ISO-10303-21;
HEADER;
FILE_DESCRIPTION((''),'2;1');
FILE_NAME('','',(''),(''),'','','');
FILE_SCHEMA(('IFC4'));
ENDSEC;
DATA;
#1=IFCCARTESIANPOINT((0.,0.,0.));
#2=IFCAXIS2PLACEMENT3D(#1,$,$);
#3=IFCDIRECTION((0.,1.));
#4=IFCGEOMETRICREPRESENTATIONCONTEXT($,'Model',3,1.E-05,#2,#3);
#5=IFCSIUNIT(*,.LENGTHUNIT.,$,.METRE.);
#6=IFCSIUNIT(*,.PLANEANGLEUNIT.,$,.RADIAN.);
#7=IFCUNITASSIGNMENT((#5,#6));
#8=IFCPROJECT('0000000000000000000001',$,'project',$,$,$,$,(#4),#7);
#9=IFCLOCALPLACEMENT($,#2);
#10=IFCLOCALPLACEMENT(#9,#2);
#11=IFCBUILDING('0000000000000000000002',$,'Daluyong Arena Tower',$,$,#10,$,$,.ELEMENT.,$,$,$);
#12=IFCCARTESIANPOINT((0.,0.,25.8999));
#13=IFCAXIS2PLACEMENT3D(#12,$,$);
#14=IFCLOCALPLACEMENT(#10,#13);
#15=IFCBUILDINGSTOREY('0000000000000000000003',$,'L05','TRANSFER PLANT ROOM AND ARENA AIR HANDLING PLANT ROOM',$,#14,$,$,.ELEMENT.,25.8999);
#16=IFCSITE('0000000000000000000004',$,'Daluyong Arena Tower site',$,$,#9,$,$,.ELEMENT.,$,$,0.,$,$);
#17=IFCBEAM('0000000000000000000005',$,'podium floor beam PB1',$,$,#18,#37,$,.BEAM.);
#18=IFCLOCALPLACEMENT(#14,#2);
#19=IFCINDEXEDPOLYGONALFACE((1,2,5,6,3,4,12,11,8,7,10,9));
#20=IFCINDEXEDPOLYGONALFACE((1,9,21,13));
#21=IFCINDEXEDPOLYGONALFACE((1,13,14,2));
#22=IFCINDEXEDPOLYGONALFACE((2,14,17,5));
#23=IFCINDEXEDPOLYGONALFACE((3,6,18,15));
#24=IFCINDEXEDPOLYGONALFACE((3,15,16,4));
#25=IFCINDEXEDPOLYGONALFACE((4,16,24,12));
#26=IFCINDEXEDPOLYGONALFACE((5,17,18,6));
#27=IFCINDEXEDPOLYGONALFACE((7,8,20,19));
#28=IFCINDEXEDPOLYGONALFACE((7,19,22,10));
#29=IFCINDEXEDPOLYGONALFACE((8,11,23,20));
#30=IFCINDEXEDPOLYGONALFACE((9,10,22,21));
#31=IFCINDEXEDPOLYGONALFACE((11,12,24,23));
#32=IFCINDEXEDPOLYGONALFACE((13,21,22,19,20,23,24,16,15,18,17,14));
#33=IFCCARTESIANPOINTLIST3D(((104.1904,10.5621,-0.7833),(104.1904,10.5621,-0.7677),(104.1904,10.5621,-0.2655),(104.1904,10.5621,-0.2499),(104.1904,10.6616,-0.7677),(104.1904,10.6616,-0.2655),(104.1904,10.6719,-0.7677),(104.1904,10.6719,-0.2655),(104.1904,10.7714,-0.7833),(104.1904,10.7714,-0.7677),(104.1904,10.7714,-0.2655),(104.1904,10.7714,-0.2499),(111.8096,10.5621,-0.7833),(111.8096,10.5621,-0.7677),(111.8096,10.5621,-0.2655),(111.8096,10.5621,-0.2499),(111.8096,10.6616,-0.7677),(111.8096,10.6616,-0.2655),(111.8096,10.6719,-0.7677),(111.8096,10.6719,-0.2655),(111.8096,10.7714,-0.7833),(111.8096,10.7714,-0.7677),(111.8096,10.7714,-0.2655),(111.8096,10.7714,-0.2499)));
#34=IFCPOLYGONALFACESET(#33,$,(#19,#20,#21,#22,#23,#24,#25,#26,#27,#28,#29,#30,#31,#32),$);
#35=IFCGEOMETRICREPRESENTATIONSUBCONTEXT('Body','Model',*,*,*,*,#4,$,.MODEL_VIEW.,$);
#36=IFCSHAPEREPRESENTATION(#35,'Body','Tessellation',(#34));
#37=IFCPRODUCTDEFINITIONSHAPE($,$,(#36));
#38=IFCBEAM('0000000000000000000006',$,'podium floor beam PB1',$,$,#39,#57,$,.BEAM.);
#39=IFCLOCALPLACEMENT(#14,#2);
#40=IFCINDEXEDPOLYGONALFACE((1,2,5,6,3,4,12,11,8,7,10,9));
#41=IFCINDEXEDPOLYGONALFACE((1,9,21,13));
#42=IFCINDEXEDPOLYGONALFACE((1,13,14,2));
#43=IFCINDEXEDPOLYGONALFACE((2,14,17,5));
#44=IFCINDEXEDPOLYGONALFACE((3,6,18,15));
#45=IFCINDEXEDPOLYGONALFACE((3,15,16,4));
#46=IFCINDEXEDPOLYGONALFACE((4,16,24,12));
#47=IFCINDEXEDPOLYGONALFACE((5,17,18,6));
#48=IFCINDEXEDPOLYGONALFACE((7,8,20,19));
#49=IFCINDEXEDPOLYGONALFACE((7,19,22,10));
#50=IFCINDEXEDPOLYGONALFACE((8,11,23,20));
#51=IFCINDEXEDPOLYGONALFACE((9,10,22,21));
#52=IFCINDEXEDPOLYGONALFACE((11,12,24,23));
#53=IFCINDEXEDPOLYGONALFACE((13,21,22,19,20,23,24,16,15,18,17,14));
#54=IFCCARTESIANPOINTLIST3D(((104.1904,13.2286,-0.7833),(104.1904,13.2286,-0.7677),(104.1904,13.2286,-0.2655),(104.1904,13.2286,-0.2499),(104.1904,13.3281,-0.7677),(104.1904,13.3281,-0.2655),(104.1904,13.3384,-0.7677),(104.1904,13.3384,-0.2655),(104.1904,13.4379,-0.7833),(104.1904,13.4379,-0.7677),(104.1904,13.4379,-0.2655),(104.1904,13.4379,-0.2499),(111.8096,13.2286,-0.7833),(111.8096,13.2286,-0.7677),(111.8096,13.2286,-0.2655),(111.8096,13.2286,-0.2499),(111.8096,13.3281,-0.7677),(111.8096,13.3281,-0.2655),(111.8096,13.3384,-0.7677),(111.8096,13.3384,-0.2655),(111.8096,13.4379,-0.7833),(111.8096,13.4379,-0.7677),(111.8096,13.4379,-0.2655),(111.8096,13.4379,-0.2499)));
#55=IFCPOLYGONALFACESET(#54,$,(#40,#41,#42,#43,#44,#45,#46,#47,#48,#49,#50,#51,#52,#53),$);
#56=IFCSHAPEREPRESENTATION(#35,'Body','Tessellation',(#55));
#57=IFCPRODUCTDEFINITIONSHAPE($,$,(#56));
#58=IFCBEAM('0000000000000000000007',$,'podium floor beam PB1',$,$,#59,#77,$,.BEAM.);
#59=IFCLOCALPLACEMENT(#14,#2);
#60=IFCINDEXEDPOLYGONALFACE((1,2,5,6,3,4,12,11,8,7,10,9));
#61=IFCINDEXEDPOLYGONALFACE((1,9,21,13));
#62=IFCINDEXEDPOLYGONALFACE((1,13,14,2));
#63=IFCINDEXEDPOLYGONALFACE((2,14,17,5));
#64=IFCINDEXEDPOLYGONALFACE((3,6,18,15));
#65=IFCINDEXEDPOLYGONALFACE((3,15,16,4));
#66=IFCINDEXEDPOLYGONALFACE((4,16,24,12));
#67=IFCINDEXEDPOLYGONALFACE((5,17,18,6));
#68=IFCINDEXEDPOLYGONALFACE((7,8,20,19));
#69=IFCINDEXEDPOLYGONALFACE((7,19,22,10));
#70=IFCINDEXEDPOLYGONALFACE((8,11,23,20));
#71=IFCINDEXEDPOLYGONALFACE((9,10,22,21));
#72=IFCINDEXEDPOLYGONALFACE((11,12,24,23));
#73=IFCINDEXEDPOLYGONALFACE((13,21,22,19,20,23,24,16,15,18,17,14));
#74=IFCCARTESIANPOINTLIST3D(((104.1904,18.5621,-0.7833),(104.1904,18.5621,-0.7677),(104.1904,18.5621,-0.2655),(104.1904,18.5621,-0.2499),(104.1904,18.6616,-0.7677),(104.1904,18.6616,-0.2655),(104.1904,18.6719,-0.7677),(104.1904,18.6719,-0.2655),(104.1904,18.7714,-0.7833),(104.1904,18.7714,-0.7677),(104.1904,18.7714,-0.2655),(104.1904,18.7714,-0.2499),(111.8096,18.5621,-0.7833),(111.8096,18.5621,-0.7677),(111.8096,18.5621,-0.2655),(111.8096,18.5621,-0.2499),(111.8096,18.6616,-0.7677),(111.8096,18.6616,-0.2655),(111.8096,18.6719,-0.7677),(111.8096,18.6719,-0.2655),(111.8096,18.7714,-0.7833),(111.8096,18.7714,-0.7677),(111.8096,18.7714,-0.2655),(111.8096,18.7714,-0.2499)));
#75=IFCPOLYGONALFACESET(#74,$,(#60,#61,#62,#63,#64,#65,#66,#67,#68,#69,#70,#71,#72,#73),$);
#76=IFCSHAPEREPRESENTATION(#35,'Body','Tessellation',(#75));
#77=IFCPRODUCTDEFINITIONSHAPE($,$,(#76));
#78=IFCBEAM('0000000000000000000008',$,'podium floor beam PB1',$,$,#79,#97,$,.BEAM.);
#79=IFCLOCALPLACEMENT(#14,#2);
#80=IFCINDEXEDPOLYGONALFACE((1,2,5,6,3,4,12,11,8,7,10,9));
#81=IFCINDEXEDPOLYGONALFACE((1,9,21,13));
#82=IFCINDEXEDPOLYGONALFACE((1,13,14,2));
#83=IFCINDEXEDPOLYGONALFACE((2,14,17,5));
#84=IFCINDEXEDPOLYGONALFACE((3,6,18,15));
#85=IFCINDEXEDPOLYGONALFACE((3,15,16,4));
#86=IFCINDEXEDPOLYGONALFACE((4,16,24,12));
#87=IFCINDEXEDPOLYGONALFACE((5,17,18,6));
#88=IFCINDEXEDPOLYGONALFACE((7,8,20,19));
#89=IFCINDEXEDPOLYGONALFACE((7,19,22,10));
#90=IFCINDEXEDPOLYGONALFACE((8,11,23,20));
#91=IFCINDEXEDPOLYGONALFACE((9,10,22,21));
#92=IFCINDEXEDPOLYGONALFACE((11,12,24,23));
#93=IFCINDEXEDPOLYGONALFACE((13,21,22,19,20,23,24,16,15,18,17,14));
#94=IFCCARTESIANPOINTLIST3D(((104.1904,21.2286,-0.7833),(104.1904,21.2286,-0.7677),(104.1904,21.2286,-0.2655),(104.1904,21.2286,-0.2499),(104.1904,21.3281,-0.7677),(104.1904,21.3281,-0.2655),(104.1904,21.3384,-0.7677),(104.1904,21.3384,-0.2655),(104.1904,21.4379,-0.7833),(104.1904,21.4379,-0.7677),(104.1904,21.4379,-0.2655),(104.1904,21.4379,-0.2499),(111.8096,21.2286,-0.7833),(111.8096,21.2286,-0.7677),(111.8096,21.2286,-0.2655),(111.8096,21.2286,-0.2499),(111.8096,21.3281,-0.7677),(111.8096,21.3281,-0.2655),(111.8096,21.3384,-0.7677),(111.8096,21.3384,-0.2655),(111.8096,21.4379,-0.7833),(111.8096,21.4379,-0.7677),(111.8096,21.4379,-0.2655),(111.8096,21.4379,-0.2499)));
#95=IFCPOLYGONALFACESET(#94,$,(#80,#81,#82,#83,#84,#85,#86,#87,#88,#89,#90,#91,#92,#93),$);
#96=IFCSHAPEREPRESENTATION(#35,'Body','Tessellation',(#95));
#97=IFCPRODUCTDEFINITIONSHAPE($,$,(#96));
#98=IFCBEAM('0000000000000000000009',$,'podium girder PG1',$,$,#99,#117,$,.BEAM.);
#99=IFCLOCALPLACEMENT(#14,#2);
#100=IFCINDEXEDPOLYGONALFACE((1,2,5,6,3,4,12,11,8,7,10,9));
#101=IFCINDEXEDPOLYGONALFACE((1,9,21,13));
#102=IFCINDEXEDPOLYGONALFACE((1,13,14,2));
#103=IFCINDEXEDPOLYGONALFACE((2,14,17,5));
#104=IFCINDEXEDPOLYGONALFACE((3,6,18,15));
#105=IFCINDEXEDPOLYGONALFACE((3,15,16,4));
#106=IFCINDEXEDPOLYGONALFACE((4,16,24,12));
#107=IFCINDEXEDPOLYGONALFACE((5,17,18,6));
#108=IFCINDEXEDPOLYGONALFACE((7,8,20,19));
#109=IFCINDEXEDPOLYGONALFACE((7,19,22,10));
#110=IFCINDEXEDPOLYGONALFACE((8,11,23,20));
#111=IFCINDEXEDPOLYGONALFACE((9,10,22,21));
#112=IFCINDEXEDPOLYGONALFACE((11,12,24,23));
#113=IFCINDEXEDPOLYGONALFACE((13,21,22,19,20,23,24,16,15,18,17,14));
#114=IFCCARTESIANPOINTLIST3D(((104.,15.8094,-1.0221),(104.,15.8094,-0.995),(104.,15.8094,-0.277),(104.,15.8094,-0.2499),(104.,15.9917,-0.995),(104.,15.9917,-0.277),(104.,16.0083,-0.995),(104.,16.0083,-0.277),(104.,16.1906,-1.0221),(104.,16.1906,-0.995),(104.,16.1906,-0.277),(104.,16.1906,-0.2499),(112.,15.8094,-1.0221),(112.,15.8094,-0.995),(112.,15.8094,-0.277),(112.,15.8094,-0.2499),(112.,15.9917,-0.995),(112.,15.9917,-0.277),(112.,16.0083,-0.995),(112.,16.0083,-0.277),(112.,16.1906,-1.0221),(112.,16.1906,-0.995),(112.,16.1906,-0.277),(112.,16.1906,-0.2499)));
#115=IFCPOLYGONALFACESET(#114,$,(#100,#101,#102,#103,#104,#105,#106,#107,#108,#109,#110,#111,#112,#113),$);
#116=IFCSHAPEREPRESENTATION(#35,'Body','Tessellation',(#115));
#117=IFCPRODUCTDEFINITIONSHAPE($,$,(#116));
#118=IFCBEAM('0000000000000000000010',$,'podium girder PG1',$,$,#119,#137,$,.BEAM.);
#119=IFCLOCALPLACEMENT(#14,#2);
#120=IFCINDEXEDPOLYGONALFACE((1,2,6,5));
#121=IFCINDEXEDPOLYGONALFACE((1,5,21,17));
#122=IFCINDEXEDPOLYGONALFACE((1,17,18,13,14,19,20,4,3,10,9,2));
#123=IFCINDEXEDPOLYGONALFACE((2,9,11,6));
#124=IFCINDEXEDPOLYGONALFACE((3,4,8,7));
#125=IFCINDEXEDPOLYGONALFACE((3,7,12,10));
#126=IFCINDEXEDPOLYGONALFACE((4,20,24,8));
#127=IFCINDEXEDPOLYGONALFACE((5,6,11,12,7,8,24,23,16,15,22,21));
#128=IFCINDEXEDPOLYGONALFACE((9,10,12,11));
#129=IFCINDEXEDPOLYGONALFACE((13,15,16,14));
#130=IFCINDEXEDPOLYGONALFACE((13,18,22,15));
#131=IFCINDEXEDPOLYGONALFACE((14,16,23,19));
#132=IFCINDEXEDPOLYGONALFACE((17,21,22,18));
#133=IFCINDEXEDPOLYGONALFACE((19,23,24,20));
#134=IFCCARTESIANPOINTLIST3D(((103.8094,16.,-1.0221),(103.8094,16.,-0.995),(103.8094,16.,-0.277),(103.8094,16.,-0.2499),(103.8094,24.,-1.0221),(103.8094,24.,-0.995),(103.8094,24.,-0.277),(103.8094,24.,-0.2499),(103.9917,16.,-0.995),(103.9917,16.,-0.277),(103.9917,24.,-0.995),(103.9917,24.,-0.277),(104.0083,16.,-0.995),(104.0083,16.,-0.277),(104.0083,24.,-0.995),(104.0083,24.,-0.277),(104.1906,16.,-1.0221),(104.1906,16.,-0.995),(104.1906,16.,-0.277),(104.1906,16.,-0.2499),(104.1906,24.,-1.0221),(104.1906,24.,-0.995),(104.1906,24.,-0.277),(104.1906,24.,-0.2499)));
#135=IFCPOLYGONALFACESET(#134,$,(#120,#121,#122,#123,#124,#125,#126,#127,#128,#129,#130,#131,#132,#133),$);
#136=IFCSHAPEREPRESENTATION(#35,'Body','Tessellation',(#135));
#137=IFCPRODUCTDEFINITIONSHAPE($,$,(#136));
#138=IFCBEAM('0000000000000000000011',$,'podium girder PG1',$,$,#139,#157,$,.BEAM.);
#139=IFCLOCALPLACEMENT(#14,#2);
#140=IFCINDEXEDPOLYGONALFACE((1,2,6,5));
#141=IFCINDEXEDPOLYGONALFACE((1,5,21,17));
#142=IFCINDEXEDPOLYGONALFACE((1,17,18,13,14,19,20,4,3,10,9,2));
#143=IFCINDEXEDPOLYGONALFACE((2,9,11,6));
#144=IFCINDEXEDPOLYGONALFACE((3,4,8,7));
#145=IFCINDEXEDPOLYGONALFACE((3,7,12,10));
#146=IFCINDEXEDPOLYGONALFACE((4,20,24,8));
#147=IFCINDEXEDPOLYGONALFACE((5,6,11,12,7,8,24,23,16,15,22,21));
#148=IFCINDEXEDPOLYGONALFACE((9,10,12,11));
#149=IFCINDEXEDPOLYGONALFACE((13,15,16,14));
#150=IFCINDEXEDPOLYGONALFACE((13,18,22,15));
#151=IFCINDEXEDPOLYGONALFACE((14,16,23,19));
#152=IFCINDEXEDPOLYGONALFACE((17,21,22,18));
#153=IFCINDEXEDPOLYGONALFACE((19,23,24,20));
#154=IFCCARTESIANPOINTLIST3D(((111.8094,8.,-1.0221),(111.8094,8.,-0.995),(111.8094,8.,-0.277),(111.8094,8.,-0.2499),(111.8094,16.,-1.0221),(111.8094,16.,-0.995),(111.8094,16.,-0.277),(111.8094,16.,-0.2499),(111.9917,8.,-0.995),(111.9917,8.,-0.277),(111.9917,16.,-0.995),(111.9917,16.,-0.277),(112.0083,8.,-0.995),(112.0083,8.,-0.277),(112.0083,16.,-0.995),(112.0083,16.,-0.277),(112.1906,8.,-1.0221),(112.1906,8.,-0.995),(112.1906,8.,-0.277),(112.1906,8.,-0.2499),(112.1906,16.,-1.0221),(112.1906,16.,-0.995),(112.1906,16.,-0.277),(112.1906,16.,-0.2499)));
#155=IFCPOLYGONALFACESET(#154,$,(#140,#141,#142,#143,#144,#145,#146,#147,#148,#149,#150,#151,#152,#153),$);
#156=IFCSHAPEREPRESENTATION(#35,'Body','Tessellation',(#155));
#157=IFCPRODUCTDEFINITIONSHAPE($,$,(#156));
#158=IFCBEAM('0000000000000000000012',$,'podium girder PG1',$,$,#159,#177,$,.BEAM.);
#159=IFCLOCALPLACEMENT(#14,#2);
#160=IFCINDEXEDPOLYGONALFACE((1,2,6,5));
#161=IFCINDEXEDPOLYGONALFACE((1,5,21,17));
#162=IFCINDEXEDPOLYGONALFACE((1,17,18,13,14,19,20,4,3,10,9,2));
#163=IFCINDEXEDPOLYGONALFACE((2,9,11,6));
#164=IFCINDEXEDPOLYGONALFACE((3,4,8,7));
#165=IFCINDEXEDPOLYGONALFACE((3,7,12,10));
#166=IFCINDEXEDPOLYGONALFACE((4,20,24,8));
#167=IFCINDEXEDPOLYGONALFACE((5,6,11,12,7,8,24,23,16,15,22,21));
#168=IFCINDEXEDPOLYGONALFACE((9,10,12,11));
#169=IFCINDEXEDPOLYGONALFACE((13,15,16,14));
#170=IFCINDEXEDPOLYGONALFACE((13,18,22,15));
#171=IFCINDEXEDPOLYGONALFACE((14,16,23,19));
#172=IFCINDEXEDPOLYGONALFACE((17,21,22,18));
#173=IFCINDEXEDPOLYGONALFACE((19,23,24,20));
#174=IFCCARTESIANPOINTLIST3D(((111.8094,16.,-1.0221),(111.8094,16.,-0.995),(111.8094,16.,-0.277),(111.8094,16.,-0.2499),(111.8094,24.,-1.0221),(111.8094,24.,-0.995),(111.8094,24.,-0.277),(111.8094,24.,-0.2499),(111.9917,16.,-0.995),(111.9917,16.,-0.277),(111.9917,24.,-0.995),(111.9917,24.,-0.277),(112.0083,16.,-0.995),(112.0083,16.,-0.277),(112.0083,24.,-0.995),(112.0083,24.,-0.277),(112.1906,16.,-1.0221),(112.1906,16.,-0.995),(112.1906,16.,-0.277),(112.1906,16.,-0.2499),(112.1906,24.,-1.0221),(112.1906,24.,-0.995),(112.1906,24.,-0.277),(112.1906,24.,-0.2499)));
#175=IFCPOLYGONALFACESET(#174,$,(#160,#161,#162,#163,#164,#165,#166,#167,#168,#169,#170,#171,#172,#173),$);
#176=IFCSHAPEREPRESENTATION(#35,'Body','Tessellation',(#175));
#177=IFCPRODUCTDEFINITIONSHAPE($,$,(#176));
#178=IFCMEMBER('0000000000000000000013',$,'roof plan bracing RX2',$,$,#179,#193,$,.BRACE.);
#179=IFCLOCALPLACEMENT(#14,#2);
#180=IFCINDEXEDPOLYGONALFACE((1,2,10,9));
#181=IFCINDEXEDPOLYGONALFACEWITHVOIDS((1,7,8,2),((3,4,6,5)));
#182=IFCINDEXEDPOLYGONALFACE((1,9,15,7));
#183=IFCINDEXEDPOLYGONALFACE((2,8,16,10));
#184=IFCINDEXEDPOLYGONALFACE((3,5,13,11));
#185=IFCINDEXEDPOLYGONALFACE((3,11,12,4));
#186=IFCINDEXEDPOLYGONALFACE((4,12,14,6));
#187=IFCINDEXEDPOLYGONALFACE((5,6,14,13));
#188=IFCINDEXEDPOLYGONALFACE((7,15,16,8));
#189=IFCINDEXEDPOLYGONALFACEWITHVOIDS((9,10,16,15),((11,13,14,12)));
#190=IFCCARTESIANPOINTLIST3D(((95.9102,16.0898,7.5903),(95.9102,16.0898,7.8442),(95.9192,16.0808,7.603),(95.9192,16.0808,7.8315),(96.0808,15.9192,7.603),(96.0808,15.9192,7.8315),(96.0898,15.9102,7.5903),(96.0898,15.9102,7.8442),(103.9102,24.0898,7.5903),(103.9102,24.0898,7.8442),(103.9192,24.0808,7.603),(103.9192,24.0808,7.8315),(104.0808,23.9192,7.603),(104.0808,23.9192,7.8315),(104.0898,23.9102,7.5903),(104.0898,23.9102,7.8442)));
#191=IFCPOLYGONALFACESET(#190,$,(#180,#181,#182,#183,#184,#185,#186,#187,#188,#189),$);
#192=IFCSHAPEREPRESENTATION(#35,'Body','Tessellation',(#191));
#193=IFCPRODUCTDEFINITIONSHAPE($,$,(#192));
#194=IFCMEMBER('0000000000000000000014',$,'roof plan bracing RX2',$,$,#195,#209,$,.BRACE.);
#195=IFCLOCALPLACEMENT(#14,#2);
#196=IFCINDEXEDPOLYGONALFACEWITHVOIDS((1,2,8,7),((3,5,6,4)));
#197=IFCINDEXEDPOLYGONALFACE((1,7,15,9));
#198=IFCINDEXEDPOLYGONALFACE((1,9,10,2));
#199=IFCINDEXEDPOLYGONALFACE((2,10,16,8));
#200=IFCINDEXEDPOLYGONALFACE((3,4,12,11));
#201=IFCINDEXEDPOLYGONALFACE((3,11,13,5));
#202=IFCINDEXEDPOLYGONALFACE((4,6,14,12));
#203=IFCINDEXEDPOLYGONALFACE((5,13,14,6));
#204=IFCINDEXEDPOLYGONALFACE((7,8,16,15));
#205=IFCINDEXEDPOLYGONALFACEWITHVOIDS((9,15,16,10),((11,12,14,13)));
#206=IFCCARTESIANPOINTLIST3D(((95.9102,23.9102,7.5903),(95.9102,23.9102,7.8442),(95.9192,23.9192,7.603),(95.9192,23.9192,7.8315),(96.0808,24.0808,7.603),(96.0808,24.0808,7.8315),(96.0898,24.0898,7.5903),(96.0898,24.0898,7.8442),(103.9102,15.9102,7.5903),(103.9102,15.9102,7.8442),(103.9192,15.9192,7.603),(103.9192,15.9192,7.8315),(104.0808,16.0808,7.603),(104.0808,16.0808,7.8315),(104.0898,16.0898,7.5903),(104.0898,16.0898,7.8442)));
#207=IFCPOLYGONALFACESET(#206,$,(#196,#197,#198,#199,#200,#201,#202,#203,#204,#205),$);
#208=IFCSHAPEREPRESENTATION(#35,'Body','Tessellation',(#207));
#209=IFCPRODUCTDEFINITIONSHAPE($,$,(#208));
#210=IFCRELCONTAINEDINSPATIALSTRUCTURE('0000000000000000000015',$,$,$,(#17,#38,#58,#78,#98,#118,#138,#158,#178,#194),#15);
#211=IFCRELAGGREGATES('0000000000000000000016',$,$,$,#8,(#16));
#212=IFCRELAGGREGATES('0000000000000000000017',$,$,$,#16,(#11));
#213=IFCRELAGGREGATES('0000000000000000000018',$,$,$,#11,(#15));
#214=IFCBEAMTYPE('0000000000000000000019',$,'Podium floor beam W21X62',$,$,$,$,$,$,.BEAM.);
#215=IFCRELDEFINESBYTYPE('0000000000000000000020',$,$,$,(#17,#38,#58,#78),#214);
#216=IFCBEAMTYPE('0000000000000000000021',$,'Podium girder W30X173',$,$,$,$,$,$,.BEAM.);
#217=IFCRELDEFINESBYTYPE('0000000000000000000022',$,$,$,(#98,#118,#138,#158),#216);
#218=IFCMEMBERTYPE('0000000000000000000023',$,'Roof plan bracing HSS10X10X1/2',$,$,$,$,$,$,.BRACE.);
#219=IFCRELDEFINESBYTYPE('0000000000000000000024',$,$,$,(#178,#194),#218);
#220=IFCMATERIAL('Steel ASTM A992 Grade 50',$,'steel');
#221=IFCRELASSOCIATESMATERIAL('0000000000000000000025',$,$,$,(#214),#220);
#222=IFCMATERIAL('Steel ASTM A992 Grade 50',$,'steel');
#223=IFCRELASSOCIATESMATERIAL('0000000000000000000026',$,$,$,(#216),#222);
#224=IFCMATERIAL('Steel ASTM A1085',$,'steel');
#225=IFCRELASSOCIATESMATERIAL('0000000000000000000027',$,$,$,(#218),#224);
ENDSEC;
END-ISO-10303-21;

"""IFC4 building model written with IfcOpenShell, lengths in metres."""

from ifc_helpers import new_model, si_unit, direction, frame, origin, origin_2d, place, context, subcontext, project, spatial, hollow_rectangle, i_section, extrude, material, material_profile, profile_set, type_object, element, save


model = new_model("IFC4")

# Units and contexts
model_context = context("Model", 3, precision=1e-05, world=origin(), true_north=direction((0.0, 1.0)))
body_context = subcontext(model_context, "Body", "Model", "MODEL_VIEW")
ifc_project = project(units=[si_unit("LENGTHUNIT", "METRE"), si_unit("PLANEANGLEUNIT", "RADIAN")], contexts=[model_context])

# Site, building, storey
site_placement = place(None, origin())
site = spatial("IfcSite", under=ifc_project, at=site_placement, Name="Daluyong Arena Tower site", CompositionType="ELEMENT", RefElevation=0.0)
building_placement = place(site_placement, origin())
building = spatial("IfcBuilding", under=site, at=building_placement, Name="Daluyong Arena Tower", CompositionType="ELEMENT")
storey_placement = place(building_placement, frame((0.0, 0.0, 25.8999)))
storey = spatial("IfcBuildingStorey", under=building, at=storey_placement, Name="L05", Description="TRANSFER PLANT ROOM AND ARENA AIR HANDLING PLANT ROOM", CompositionType="ELEMENT", Elevation=25.8999)

# Beams
ifc_material_1 = material(Name="Steel ASTM A992 Grade 50", Category="steel")
ifc_material_profile_1 = material_profile(ifc_material_1, i_section(OverallWidth=0.2092, OverallDepth=0.5334, WebThickness=0.0103, FlangeThickness=0.0156, at=origin_2d()))
ifc_profile_set_1 = profile_set([ifc_material_profile_1], Name="Steel ASTM A992 Grade 50")
beam_type_1 = type_object("IfcBeamType", Name="Podium floor beam W21X62", PredefinedType="BEAM", material=ifc_profile_set_1)
for number, where, z_axis, x_axis, name in (
    (1, (104.1904, 10.6667, -0.5166), (1.0, 0.0, 0.0), (0.0, 1.0, 0.0), "podium floor beam PB1"),
    (2, (104.1904, 13.3333, -0.5166), (1.0, 0.0, 0.0), (0.0, 1.0, 0.0), "podium floor beam PB1"),
    (3, (104.1904, 18.6667, -0.5166), (1.0, 0.0, 0.0), (0.0, 1.0, 0.0), "podium floor beam PB1"),
    (4, (104.1904, 21.3333, -0.5166), (1.0, 0.0, 0.0), (0.0, 1.0, 0.0), "podium floor beam PB1"),
):
    element("IfcBeam", number, at=place(storey_placement, frame(where, z_axis=z_axis, x_axis=x_axis)), inside=storey, type_object=beam_type_1, Name=name, PredefinedType="BEAM", context=body_context, shape_type="SweptSolid", body=[
        extrude(i_section(OverallWidth=0.2092, OverallDepth=0.5334, WebThickness=0.0103, FlangeThickness=0.0156, at=origin_2d()), origin(), (0.0, 0.0, 1.0), 7.6191),
    ])
ifc_material_2 = material(Name="Steel ASTM A992 Grade 50", Category="steel")
ifc_material_profile_2 = material_profile(ifc_material_2, i_section(OverallWidth=0.3811, OverallDepth=0.7722, WebThickness=0.0166, FlangeThickness=0.0271, at=origin_2d()))
ifc_profile_set_2 = profile_set([ifc_material_profile_2], Name="Steel ASTM A992 Grade 50")
beam_type_2 = type_object("IfcBeamType", Name="Podium girder W30X173", PredefinedType="BEAM", material=ifc_profile_set_2)
for number, where, z_axis, x_axis, name in (
    (5, (104.0, 16.0, -0.636), (1.0, 0.0, 0.0), (0.0, 1.0, 0.0), "podium girder PG1"),
    (6, (104.0, 16.0, -0.636), (0.0, 1.0, 0.0), (-1.0, 0.0, 0.0), "podium girder PG1"),
    (7, (112.0, 8.0, -0.636), (0.0, 1.0, 0.0), (-1.0, 0.0, 0.0), "podium girder PG1"),
    (8, (112.0, 16.0, -0.636), (0.0, 1.0, 0.0), (-1.0, 0.0, 0.0), "podium girder PG1"),
):
    element("IfcBeam", number, at=place(storey_placement, frame(where, z_axis=z_axis, x_axis=x_axis)), inside=storey, type_object=beam_type_2, Name=name, PredefinedType="BEAM", context=body_context, shape_type="SweptSolid", body=[
        extrude(i_section(OverallWidth=0.3811, OverallDepth=0.7722, WebThickness=0.0166, FlangeThickness=0.0271, at=origin_2d()), origin(), (0.0, 0.0, 1.0), 8.0),
    ])

# Members
ifc_material_3 = material(Name="Steel ASTM A1085", Category="steel")
ifc_material_profile_3 = material_profile(ifc_material_3, hollow_rectangle(XDim=0.2539, YDim=0.2539, WallThickness=0.0127, at=origin_2d()))
ifc_profile_set_3 = profile_set([ifc_material_profile_3], Name="Steel ASTM A1085")
member_type_1 = type_object("IfcMemberType", Name="Roof plan bracing HSS10X10X1/2", PredefinedType="BRACE", material=ifc_profile_set_3)
for number, where, z_axis, x_axis, name in (
    (9, (96.0, 16.0, 7.7173), (0.707107, 0.707107, 0.0), (-0.707107, 0.707107, 0.0), "roof plan bracing RX2"),
    (10, (104.0, 16.0, 7.7173), (-0.707107, 0.707107, 0.0), (-0.707107, -0.707107, 0.0), "roof plan bracing RX2"),
):
    element("IfcMember", number, at=place(storey_placement, frame(where, z_axis=z_axis, x_axis=x_axis)), inside=storey, type_object=member_type_1, Name=name, PredefinedType="BRACE", context=body_context, shape_type="SweptSolid", body=[
        extrude(hollow_rectangle(XDim=0.2539, YDim=0.2539, WallThickness=0.0127, at=origin_2d()), origin(), (0.0, 0.0, 1.0), 11.3137),
    ])

save(model, "model.ifc")
